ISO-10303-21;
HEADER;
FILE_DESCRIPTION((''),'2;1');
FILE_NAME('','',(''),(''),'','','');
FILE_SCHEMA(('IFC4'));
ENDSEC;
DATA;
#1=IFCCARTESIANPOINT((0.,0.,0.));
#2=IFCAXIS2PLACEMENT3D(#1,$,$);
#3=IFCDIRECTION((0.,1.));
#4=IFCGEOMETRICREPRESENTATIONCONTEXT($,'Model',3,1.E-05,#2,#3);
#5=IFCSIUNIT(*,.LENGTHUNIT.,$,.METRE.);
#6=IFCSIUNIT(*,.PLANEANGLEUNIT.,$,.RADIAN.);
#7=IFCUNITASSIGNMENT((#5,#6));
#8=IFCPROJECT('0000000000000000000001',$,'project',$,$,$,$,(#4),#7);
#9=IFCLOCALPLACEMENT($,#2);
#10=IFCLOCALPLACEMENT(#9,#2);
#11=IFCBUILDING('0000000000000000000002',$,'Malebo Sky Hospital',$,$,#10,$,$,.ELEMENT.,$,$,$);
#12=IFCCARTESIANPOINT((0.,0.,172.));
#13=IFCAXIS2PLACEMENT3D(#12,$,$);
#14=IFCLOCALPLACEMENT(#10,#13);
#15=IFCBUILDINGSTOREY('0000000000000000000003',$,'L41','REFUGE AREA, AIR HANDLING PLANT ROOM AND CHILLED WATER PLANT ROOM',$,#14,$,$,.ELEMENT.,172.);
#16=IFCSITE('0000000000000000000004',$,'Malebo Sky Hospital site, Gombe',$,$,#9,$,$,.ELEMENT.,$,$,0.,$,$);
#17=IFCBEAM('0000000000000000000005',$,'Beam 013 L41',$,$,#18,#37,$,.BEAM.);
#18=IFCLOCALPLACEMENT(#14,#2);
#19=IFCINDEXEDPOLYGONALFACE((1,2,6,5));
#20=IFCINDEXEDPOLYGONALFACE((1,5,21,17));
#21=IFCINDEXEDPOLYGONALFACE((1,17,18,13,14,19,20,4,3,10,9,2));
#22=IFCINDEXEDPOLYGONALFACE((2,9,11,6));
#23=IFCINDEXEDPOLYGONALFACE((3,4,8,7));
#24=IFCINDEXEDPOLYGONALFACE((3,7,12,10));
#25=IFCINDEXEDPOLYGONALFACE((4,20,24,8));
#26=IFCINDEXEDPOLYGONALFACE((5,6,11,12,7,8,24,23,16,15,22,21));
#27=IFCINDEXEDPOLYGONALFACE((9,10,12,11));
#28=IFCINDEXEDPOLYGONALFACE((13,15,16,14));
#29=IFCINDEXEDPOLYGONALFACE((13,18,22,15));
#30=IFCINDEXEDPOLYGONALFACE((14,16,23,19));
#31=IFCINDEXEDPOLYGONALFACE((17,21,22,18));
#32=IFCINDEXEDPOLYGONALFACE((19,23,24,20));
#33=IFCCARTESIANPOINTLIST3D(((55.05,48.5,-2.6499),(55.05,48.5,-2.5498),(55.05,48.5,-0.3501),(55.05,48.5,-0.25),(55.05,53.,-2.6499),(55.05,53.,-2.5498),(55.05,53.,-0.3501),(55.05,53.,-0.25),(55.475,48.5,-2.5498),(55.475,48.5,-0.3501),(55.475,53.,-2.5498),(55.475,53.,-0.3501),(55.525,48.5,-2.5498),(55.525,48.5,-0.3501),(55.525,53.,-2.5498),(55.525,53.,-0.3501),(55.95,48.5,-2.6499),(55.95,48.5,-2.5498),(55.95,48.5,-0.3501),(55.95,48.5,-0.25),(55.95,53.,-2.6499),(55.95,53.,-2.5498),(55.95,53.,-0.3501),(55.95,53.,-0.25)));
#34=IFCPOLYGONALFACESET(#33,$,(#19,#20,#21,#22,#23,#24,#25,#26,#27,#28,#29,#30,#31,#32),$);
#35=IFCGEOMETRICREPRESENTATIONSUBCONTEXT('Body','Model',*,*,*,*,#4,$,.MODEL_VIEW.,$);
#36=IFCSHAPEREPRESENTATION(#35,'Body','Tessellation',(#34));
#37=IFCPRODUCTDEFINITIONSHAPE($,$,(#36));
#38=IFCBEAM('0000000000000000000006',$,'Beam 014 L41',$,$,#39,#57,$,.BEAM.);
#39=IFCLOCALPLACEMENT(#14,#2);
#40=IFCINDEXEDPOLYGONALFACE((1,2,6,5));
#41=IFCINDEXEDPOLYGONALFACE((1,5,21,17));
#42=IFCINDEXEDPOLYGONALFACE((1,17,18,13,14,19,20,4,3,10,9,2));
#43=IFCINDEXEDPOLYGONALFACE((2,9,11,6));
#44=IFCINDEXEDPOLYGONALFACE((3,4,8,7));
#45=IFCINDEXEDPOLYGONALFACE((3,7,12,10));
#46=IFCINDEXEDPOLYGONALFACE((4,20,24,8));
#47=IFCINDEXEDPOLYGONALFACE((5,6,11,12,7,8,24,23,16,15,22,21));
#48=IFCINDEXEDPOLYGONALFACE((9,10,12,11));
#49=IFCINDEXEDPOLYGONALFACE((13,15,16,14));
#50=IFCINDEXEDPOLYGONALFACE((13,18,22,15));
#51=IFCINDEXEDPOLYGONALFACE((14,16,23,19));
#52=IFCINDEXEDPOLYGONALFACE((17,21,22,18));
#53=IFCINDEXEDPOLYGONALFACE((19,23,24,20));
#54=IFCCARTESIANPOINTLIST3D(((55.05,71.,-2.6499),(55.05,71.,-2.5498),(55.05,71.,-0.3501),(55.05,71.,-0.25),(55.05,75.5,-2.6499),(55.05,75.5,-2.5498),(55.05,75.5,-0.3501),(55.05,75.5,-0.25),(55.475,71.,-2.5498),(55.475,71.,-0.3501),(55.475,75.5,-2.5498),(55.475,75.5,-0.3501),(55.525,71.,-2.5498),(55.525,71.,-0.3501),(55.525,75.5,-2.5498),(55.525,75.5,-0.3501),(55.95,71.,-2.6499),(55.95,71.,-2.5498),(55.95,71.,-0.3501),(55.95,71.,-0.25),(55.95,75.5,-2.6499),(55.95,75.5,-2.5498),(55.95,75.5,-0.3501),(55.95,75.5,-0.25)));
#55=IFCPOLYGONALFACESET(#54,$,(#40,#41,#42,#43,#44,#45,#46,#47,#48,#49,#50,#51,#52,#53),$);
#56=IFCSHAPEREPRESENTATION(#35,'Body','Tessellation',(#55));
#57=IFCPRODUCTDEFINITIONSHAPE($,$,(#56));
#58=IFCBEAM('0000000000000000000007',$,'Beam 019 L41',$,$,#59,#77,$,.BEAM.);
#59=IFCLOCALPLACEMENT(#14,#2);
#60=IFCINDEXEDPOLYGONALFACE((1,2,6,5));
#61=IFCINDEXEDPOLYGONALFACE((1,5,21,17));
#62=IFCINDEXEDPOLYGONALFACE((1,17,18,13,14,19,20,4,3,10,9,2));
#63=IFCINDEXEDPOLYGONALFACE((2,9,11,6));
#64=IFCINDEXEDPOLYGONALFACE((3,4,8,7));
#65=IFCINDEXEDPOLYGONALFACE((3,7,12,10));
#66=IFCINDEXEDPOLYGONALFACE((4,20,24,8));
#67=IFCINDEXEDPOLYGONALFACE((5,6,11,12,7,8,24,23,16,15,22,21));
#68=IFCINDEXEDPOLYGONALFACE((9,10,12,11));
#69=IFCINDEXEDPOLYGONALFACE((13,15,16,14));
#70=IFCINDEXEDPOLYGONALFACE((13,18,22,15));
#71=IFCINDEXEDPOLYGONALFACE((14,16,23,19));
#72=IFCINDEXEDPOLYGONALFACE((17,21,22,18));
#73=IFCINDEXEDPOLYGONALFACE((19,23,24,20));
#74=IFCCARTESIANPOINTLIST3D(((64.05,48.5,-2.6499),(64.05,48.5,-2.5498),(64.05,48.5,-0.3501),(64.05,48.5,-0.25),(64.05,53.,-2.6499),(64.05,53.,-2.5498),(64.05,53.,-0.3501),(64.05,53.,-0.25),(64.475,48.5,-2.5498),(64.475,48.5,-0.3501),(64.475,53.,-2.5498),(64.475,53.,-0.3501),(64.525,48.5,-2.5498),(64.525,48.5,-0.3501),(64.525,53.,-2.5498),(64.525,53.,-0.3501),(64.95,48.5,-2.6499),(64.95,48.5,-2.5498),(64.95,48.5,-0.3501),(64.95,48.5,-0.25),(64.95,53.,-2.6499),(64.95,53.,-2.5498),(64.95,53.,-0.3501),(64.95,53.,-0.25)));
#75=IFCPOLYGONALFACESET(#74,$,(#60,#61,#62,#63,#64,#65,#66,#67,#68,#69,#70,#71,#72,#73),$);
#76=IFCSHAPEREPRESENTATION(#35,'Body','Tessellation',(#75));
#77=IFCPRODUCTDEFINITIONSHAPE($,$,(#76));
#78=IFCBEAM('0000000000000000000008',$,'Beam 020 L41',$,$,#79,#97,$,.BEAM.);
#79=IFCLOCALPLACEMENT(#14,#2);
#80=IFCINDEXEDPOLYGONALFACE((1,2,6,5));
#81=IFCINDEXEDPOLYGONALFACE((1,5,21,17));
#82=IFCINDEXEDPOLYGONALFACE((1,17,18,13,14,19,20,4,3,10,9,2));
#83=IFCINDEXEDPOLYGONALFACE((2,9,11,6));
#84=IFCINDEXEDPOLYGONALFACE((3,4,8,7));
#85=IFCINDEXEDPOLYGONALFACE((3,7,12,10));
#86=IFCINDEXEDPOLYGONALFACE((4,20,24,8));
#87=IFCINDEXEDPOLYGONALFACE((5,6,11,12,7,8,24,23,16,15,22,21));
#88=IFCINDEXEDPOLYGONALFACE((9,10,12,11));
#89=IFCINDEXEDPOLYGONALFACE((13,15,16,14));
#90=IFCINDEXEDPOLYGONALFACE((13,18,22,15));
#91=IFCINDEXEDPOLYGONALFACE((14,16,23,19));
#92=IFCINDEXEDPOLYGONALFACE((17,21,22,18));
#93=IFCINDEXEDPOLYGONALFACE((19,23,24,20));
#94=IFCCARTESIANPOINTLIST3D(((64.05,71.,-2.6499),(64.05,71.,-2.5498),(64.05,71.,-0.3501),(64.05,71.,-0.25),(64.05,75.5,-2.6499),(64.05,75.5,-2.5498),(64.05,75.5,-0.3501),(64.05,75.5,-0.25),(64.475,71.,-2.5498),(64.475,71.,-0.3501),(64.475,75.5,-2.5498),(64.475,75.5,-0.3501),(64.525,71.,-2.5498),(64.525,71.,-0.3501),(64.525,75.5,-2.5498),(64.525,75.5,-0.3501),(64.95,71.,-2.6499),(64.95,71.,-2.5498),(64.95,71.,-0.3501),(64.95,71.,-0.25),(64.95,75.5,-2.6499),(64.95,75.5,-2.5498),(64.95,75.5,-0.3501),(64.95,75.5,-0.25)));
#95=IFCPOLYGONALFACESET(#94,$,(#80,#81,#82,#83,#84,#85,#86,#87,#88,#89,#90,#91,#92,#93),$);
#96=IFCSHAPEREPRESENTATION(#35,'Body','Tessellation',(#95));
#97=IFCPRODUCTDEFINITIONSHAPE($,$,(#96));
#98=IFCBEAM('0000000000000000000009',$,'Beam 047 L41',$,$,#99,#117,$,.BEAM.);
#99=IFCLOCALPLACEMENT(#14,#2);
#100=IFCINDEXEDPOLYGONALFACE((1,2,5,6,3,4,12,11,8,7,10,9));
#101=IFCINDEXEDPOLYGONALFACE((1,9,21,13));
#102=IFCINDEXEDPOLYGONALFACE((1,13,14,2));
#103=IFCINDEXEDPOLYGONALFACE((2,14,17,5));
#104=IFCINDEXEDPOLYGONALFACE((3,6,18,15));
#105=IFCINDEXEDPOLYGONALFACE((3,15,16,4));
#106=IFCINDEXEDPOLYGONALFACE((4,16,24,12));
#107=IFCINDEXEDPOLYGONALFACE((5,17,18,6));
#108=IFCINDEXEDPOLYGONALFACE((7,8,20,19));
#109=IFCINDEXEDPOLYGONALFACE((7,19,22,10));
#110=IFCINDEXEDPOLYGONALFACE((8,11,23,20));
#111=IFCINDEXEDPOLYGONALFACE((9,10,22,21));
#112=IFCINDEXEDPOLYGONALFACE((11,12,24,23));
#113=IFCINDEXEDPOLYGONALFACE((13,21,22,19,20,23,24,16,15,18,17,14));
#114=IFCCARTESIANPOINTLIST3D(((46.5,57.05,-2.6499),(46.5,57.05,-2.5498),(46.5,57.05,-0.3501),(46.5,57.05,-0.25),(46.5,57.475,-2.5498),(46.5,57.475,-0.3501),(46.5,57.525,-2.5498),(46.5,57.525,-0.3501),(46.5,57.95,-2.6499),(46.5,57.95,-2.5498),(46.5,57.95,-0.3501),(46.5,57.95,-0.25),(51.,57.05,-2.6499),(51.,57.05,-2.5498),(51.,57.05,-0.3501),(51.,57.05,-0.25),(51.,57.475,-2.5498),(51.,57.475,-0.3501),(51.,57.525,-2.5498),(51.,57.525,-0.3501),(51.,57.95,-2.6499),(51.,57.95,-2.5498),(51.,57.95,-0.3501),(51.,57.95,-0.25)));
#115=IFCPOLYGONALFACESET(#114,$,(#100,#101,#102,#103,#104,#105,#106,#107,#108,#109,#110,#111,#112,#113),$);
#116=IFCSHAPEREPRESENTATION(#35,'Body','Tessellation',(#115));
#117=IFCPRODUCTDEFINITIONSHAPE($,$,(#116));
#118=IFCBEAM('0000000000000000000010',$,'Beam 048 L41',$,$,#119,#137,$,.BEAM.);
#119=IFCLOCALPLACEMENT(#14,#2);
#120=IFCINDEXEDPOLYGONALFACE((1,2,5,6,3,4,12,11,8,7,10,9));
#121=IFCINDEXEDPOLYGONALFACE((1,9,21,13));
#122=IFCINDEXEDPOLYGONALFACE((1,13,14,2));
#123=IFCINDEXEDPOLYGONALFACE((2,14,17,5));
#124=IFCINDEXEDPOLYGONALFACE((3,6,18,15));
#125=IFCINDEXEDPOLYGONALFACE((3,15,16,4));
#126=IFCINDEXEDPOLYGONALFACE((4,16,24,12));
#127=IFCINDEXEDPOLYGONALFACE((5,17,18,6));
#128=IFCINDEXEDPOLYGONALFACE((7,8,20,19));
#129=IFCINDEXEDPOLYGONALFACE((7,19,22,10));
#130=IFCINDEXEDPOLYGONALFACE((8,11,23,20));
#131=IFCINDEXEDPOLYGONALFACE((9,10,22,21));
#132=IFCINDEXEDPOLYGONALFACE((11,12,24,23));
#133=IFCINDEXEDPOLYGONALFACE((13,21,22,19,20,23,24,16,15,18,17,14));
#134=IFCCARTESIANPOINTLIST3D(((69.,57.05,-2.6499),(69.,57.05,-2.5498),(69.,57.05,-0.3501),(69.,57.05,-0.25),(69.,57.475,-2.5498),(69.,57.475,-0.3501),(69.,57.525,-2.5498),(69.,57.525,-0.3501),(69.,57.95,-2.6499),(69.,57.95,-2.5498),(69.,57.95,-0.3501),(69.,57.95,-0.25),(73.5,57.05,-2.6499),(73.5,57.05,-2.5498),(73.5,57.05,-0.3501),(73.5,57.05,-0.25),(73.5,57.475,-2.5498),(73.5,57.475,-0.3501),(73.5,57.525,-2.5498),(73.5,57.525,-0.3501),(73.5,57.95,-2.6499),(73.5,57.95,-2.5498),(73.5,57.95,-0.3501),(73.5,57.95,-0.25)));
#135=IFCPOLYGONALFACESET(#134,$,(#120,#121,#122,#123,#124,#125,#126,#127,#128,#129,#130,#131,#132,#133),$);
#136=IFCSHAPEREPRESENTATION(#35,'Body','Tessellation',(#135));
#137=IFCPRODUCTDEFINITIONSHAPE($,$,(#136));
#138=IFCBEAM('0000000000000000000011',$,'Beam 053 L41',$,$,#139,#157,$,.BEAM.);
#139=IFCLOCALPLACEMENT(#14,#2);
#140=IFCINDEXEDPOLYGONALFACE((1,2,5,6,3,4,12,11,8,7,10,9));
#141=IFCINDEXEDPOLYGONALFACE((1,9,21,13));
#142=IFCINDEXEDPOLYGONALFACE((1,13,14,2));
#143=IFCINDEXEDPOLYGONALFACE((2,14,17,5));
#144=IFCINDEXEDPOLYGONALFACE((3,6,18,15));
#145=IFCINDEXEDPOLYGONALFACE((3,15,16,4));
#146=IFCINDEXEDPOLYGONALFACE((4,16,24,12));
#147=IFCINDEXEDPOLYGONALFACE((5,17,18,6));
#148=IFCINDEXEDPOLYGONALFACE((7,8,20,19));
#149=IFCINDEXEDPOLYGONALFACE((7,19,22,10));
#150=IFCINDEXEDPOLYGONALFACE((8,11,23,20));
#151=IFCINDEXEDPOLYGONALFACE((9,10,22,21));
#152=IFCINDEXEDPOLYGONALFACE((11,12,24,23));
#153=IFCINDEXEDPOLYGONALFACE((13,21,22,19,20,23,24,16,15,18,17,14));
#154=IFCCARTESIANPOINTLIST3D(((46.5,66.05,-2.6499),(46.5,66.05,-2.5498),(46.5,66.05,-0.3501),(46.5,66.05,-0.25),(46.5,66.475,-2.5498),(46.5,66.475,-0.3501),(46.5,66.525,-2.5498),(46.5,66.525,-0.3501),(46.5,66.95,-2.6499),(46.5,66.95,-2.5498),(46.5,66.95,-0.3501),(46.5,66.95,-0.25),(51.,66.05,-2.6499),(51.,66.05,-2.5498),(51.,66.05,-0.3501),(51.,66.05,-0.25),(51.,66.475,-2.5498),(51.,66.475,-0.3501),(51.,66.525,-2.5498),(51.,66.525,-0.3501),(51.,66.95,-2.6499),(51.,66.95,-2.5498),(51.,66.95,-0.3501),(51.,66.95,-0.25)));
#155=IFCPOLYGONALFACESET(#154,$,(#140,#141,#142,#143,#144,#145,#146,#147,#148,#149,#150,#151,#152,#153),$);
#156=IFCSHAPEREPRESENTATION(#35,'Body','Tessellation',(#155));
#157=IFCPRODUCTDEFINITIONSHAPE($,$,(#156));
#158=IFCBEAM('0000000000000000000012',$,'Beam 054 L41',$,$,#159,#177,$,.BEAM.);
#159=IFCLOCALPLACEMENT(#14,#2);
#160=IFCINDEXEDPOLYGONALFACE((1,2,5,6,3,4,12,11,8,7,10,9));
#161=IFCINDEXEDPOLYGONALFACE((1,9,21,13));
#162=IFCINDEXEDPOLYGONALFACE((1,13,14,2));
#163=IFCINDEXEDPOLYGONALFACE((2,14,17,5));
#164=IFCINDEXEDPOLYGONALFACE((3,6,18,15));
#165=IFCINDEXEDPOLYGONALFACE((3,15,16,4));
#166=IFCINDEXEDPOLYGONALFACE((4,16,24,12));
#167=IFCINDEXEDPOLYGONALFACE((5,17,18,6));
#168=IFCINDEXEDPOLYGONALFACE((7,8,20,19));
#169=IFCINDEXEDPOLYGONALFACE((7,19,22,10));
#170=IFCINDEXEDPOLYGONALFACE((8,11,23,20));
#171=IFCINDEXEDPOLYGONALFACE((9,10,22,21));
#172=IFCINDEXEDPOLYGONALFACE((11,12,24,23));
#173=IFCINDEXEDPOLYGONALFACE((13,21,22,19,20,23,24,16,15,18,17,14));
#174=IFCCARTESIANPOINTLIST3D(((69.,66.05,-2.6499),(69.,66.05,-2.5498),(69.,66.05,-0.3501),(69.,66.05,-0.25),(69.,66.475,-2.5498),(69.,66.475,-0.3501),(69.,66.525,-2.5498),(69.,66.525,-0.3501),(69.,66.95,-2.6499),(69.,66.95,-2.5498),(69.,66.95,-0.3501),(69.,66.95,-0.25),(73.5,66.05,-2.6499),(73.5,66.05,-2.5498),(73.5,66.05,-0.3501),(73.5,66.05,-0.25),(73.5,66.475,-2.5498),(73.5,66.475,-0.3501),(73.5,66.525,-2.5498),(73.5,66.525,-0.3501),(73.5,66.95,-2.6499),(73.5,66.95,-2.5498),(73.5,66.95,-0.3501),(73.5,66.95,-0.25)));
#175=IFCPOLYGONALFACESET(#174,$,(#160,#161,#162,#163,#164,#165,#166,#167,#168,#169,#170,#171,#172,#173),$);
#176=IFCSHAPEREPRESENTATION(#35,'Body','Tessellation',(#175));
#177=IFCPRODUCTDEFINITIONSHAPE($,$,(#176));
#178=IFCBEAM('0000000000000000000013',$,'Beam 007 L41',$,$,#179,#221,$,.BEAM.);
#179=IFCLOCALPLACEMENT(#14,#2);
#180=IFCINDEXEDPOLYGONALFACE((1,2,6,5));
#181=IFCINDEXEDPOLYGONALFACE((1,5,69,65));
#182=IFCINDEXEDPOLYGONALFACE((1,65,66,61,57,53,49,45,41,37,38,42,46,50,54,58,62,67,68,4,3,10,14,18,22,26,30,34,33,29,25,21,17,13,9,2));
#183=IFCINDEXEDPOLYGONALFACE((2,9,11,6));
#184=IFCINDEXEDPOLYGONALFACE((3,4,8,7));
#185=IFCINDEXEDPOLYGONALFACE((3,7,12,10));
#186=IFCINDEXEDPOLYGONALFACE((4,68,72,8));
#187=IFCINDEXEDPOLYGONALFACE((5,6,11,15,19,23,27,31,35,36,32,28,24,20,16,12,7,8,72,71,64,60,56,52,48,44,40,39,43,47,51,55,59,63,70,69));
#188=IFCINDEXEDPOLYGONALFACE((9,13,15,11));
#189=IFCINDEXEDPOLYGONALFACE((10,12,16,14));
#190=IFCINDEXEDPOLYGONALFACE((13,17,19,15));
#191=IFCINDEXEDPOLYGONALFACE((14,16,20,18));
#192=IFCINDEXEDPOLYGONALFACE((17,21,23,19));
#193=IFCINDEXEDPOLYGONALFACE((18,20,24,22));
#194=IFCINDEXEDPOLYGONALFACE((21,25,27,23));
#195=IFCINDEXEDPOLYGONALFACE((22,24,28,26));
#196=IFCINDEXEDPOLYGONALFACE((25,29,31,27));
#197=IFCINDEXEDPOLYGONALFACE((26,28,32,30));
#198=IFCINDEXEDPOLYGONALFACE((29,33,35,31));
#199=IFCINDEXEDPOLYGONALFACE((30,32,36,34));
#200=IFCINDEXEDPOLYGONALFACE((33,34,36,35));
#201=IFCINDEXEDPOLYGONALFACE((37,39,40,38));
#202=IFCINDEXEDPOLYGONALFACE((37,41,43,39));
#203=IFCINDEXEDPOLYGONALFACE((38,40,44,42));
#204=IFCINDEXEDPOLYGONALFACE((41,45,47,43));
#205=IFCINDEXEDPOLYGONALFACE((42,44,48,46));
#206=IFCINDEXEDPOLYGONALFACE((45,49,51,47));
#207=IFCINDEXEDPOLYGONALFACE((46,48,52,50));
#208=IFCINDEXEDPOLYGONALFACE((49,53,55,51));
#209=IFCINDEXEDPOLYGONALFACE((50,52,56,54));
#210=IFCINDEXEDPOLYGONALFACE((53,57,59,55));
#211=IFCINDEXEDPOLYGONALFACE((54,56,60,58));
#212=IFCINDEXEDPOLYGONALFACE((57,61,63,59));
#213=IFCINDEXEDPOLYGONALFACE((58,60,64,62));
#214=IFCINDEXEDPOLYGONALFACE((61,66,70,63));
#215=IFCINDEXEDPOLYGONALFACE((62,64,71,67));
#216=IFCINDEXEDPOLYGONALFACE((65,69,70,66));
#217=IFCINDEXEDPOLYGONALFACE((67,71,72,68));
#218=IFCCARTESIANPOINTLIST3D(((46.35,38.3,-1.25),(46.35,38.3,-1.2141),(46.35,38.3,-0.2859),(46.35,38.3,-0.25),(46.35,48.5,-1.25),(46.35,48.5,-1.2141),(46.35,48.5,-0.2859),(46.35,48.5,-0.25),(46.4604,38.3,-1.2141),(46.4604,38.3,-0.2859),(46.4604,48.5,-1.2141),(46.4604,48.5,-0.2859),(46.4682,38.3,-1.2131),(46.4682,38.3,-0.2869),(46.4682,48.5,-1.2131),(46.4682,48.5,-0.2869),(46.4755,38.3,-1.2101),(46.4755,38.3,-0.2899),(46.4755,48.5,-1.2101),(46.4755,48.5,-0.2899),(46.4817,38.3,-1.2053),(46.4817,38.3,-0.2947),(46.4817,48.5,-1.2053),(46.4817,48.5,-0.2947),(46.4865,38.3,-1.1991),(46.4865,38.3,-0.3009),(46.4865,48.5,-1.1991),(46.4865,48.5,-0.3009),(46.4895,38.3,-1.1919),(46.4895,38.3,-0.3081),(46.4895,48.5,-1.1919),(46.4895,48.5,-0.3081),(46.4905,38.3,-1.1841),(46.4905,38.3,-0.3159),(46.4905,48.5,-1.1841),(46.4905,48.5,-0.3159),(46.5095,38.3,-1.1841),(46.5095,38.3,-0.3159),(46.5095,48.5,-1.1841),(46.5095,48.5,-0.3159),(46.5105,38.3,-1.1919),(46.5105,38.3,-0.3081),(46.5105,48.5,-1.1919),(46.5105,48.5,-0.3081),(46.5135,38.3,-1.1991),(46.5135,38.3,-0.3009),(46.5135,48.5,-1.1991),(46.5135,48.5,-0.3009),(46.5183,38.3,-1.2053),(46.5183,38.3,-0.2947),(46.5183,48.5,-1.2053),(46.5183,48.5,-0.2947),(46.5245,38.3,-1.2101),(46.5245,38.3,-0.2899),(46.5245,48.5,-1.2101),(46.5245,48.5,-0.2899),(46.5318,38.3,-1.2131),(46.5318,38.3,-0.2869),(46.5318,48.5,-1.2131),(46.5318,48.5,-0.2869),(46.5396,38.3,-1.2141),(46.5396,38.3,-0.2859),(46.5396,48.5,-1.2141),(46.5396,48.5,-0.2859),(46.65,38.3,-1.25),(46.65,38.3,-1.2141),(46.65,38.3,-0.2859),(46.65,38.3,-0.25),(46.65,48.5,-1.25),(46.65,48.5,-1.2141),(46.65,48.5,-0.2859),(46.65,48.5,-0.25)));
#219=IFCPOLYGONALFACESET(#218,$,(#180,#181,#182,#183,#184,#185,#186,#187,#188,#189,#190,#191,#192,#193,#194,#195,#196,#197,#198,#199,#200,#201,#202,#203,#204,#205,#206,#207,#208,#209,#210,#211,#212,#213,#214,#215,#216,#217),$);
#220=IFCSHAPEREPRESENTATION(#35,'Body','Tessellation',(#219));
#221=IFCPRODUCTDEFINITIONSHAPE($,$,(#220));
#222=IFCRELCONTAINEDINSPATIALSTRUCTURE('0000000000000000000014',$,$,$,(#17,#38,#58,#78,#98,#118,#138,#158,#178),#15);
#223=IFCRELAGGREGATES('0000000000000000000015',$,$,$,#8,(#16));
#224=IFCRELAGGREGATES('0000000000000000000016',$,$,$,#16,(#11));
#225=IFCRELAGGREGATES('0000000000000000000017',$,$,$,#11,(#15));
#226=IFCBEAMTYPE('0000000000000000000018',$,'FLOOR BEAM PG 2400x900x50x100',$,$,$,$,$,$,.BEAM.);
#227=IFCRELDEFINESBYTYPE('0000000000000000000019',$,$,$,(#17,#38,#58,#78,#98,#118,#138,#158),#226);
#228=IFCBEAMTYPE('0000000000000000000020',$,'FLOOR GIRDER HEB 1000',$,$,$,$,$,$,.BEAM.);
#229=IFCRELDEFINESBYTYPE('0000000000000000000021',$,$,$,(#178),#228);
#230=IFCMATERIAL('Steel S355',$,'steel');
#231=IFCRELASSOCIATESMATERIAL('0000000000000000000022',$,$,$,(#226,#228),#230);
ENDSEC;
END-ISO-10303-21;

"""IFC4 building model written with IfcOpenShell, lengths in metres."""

from ifc_helpers import new_model, si_unit, direction, frame, origin, origin_2d, place, context, subcontext, project, spatial, i_section, extrude, material, material_profile, profile_set, type_object, element, save


model = new_model("IFC4")

# Units and contexts
model_context = context("Model", 3, precision=1e-05, world=origin(), true_north=direction((0.0, 1.0)))
body_context = subcontext(model_context, "Body", "Model", "MODEL_VIEW")
ifc_project = project(units=[si_unit("LENGTHUNIT", "METRE"), si_unit("PLANEANGLEUNIT", "RADIAN")], contexts=[model_context])

# Site, building, storey
site_placement = place(None, origin())
site = spatial("IfcSite", under=ifc_project, at=site_placement, Name="Malebo Sky Hospital site, Gombe", CompositionType="ELEMENT", RefElevation=0.0)
building_placement = place(site_placement, origin())
building = spatial("IfcBuilding", under=site, at=building_placement, Name="Malebo Sky Hospital", CompositionType="ELEMENT")
storey_placement = place(building_placement, frame((0.0, 0.0, 172.0)))
storey = spatial("IfcBuildingStorey", under=building, at=storey_placement, Name="L41", Description="REFUGE AREA, AIR HANDLING PLANT ROOM AND CHILLED WATER PLANT ROOM", CompositionType="ELEMENT", Elevation=172.0)

# Beams
ifc_material = material(Name="Steel S355", Category="steel")
ifc_material_profile_1 = material_profile(ifc_material, i_section(OverallWidth=0.8999, OverallDepth=2.3999, WebThickness=0.05, FlangeThickness=0.1001, at=origin_2d()), Name="PG 2400x900x50x100")
ifc_profile_set_1 = profile_set([ifc_material_profile_1], Name="Steel S355")
beam_type_1 = type_object("IfcBeamType", Name="FLOOR BEAM PG 2400x900x50x100", PredefinedType="BEAM", material=ifc_profile_set_1)
for number, where, z_axis, x_axis, name in (
    (1, (55.5, 48.5, -1.45), (0.0, 1.0, 0.0), (-1.0, 0.0, 0.0), "Beam 013 L41"),
    (2, (55.5, 71.0, -1.45), (0.0, 1.0, 0.0), (-1.0, 0.0, 0.0), "Beam 014 L41"),
    (3, (64.5, 48.5, -1.45), (0.0, 1.0, 0.0), (-1.0, 0.0, 0.0), "Beam 019 L41"),
    (4, (64.5, 71.0, -1.45), (0.0, 1.0, 0.0), (-1.0, 0.0, 0.0), "Beam 020 L41"),
    (5, (46.5, 57.5, -1.45), (1.0, 0.0, 0.0), (0.0, 1.0, 0.0), "Beam 047 L41"),
    (6, (69.0, 57.5, -1.45), (1.0, 0.0, 0.0), (0.0, 1.0, 0.0), "Beam 048 L41"),
    (7, (46.5, 66.5, -1.45), (1.0, 0.0, 0.0), (0.0, 1.0, 0.0), "Beam 053 L41"),
    (8, (69.0, 66.5, -1.45), (1.0, 0.0, 0.0), (0.0, 1.0, 0.0), "Beam 054 L41"),
):
    element("IfcBeam", number, at=place(storey_placement, frame(where, z_axis=z_axis, x_axis=x_axis)), inside=storey, type_object=beam_type_1, Name=name, PredefinedType="BEAM", context=body_context, shape_type="SweptSolid", body=[
        extrude(i_section(OverallWidth=0.8999, OverallDepth=2.3999, WebThickness=0.05, FlangeThickness=0.1001, at=origin_2d()), origin(), (0.0, 0.0, 1.0), 4.5),
    ])
ifc_material_profile_2 = material_profile(ifc_material, i_section(OverallWidth=0.3, OverallDepth=1.0, WebThickness=0.019, FlangeThickness=0.0359, FilletRadius=0.03, at=origin_2d()), Name="HEB 1000")
ifc_profile_set_2 = profile_set([ifc_material_profile_2], Name="Steel S355")
beam_type_2 = type_object("IfcBeamType", Name="FLOOR GIRDER HEB 1000", PredefinedType="BEAM", material=ifc_profile_set_2)
for number, where, z_axis, x_axis, name in (
    (9, (46.5, 38.3, -0.75), (0.0, 1.0, 0.0), (-1.0, 0.0, 0.0), "Beam 007 L41"),
):
    element("IfcBeam", number, at=place(storey_placement, frame(where, z_axis=z_axis, x_axis=x_axis)), inside=storey, type_object=beam_type_2, Name=name, PredefinedType="BEAM", context=body_context, shape_type="SweptSolid", body=[
        extrude(i_section(OverallWidth=0.3, OverallDepth=1.0, WebThickness=0.019, FlangeThickness=0.0359, FilletRadius=0.03, at=origin_2d()), origin(), (0.0, 0.0, 1.0), 10.2),
    ])

save(model, "model.ifc")
